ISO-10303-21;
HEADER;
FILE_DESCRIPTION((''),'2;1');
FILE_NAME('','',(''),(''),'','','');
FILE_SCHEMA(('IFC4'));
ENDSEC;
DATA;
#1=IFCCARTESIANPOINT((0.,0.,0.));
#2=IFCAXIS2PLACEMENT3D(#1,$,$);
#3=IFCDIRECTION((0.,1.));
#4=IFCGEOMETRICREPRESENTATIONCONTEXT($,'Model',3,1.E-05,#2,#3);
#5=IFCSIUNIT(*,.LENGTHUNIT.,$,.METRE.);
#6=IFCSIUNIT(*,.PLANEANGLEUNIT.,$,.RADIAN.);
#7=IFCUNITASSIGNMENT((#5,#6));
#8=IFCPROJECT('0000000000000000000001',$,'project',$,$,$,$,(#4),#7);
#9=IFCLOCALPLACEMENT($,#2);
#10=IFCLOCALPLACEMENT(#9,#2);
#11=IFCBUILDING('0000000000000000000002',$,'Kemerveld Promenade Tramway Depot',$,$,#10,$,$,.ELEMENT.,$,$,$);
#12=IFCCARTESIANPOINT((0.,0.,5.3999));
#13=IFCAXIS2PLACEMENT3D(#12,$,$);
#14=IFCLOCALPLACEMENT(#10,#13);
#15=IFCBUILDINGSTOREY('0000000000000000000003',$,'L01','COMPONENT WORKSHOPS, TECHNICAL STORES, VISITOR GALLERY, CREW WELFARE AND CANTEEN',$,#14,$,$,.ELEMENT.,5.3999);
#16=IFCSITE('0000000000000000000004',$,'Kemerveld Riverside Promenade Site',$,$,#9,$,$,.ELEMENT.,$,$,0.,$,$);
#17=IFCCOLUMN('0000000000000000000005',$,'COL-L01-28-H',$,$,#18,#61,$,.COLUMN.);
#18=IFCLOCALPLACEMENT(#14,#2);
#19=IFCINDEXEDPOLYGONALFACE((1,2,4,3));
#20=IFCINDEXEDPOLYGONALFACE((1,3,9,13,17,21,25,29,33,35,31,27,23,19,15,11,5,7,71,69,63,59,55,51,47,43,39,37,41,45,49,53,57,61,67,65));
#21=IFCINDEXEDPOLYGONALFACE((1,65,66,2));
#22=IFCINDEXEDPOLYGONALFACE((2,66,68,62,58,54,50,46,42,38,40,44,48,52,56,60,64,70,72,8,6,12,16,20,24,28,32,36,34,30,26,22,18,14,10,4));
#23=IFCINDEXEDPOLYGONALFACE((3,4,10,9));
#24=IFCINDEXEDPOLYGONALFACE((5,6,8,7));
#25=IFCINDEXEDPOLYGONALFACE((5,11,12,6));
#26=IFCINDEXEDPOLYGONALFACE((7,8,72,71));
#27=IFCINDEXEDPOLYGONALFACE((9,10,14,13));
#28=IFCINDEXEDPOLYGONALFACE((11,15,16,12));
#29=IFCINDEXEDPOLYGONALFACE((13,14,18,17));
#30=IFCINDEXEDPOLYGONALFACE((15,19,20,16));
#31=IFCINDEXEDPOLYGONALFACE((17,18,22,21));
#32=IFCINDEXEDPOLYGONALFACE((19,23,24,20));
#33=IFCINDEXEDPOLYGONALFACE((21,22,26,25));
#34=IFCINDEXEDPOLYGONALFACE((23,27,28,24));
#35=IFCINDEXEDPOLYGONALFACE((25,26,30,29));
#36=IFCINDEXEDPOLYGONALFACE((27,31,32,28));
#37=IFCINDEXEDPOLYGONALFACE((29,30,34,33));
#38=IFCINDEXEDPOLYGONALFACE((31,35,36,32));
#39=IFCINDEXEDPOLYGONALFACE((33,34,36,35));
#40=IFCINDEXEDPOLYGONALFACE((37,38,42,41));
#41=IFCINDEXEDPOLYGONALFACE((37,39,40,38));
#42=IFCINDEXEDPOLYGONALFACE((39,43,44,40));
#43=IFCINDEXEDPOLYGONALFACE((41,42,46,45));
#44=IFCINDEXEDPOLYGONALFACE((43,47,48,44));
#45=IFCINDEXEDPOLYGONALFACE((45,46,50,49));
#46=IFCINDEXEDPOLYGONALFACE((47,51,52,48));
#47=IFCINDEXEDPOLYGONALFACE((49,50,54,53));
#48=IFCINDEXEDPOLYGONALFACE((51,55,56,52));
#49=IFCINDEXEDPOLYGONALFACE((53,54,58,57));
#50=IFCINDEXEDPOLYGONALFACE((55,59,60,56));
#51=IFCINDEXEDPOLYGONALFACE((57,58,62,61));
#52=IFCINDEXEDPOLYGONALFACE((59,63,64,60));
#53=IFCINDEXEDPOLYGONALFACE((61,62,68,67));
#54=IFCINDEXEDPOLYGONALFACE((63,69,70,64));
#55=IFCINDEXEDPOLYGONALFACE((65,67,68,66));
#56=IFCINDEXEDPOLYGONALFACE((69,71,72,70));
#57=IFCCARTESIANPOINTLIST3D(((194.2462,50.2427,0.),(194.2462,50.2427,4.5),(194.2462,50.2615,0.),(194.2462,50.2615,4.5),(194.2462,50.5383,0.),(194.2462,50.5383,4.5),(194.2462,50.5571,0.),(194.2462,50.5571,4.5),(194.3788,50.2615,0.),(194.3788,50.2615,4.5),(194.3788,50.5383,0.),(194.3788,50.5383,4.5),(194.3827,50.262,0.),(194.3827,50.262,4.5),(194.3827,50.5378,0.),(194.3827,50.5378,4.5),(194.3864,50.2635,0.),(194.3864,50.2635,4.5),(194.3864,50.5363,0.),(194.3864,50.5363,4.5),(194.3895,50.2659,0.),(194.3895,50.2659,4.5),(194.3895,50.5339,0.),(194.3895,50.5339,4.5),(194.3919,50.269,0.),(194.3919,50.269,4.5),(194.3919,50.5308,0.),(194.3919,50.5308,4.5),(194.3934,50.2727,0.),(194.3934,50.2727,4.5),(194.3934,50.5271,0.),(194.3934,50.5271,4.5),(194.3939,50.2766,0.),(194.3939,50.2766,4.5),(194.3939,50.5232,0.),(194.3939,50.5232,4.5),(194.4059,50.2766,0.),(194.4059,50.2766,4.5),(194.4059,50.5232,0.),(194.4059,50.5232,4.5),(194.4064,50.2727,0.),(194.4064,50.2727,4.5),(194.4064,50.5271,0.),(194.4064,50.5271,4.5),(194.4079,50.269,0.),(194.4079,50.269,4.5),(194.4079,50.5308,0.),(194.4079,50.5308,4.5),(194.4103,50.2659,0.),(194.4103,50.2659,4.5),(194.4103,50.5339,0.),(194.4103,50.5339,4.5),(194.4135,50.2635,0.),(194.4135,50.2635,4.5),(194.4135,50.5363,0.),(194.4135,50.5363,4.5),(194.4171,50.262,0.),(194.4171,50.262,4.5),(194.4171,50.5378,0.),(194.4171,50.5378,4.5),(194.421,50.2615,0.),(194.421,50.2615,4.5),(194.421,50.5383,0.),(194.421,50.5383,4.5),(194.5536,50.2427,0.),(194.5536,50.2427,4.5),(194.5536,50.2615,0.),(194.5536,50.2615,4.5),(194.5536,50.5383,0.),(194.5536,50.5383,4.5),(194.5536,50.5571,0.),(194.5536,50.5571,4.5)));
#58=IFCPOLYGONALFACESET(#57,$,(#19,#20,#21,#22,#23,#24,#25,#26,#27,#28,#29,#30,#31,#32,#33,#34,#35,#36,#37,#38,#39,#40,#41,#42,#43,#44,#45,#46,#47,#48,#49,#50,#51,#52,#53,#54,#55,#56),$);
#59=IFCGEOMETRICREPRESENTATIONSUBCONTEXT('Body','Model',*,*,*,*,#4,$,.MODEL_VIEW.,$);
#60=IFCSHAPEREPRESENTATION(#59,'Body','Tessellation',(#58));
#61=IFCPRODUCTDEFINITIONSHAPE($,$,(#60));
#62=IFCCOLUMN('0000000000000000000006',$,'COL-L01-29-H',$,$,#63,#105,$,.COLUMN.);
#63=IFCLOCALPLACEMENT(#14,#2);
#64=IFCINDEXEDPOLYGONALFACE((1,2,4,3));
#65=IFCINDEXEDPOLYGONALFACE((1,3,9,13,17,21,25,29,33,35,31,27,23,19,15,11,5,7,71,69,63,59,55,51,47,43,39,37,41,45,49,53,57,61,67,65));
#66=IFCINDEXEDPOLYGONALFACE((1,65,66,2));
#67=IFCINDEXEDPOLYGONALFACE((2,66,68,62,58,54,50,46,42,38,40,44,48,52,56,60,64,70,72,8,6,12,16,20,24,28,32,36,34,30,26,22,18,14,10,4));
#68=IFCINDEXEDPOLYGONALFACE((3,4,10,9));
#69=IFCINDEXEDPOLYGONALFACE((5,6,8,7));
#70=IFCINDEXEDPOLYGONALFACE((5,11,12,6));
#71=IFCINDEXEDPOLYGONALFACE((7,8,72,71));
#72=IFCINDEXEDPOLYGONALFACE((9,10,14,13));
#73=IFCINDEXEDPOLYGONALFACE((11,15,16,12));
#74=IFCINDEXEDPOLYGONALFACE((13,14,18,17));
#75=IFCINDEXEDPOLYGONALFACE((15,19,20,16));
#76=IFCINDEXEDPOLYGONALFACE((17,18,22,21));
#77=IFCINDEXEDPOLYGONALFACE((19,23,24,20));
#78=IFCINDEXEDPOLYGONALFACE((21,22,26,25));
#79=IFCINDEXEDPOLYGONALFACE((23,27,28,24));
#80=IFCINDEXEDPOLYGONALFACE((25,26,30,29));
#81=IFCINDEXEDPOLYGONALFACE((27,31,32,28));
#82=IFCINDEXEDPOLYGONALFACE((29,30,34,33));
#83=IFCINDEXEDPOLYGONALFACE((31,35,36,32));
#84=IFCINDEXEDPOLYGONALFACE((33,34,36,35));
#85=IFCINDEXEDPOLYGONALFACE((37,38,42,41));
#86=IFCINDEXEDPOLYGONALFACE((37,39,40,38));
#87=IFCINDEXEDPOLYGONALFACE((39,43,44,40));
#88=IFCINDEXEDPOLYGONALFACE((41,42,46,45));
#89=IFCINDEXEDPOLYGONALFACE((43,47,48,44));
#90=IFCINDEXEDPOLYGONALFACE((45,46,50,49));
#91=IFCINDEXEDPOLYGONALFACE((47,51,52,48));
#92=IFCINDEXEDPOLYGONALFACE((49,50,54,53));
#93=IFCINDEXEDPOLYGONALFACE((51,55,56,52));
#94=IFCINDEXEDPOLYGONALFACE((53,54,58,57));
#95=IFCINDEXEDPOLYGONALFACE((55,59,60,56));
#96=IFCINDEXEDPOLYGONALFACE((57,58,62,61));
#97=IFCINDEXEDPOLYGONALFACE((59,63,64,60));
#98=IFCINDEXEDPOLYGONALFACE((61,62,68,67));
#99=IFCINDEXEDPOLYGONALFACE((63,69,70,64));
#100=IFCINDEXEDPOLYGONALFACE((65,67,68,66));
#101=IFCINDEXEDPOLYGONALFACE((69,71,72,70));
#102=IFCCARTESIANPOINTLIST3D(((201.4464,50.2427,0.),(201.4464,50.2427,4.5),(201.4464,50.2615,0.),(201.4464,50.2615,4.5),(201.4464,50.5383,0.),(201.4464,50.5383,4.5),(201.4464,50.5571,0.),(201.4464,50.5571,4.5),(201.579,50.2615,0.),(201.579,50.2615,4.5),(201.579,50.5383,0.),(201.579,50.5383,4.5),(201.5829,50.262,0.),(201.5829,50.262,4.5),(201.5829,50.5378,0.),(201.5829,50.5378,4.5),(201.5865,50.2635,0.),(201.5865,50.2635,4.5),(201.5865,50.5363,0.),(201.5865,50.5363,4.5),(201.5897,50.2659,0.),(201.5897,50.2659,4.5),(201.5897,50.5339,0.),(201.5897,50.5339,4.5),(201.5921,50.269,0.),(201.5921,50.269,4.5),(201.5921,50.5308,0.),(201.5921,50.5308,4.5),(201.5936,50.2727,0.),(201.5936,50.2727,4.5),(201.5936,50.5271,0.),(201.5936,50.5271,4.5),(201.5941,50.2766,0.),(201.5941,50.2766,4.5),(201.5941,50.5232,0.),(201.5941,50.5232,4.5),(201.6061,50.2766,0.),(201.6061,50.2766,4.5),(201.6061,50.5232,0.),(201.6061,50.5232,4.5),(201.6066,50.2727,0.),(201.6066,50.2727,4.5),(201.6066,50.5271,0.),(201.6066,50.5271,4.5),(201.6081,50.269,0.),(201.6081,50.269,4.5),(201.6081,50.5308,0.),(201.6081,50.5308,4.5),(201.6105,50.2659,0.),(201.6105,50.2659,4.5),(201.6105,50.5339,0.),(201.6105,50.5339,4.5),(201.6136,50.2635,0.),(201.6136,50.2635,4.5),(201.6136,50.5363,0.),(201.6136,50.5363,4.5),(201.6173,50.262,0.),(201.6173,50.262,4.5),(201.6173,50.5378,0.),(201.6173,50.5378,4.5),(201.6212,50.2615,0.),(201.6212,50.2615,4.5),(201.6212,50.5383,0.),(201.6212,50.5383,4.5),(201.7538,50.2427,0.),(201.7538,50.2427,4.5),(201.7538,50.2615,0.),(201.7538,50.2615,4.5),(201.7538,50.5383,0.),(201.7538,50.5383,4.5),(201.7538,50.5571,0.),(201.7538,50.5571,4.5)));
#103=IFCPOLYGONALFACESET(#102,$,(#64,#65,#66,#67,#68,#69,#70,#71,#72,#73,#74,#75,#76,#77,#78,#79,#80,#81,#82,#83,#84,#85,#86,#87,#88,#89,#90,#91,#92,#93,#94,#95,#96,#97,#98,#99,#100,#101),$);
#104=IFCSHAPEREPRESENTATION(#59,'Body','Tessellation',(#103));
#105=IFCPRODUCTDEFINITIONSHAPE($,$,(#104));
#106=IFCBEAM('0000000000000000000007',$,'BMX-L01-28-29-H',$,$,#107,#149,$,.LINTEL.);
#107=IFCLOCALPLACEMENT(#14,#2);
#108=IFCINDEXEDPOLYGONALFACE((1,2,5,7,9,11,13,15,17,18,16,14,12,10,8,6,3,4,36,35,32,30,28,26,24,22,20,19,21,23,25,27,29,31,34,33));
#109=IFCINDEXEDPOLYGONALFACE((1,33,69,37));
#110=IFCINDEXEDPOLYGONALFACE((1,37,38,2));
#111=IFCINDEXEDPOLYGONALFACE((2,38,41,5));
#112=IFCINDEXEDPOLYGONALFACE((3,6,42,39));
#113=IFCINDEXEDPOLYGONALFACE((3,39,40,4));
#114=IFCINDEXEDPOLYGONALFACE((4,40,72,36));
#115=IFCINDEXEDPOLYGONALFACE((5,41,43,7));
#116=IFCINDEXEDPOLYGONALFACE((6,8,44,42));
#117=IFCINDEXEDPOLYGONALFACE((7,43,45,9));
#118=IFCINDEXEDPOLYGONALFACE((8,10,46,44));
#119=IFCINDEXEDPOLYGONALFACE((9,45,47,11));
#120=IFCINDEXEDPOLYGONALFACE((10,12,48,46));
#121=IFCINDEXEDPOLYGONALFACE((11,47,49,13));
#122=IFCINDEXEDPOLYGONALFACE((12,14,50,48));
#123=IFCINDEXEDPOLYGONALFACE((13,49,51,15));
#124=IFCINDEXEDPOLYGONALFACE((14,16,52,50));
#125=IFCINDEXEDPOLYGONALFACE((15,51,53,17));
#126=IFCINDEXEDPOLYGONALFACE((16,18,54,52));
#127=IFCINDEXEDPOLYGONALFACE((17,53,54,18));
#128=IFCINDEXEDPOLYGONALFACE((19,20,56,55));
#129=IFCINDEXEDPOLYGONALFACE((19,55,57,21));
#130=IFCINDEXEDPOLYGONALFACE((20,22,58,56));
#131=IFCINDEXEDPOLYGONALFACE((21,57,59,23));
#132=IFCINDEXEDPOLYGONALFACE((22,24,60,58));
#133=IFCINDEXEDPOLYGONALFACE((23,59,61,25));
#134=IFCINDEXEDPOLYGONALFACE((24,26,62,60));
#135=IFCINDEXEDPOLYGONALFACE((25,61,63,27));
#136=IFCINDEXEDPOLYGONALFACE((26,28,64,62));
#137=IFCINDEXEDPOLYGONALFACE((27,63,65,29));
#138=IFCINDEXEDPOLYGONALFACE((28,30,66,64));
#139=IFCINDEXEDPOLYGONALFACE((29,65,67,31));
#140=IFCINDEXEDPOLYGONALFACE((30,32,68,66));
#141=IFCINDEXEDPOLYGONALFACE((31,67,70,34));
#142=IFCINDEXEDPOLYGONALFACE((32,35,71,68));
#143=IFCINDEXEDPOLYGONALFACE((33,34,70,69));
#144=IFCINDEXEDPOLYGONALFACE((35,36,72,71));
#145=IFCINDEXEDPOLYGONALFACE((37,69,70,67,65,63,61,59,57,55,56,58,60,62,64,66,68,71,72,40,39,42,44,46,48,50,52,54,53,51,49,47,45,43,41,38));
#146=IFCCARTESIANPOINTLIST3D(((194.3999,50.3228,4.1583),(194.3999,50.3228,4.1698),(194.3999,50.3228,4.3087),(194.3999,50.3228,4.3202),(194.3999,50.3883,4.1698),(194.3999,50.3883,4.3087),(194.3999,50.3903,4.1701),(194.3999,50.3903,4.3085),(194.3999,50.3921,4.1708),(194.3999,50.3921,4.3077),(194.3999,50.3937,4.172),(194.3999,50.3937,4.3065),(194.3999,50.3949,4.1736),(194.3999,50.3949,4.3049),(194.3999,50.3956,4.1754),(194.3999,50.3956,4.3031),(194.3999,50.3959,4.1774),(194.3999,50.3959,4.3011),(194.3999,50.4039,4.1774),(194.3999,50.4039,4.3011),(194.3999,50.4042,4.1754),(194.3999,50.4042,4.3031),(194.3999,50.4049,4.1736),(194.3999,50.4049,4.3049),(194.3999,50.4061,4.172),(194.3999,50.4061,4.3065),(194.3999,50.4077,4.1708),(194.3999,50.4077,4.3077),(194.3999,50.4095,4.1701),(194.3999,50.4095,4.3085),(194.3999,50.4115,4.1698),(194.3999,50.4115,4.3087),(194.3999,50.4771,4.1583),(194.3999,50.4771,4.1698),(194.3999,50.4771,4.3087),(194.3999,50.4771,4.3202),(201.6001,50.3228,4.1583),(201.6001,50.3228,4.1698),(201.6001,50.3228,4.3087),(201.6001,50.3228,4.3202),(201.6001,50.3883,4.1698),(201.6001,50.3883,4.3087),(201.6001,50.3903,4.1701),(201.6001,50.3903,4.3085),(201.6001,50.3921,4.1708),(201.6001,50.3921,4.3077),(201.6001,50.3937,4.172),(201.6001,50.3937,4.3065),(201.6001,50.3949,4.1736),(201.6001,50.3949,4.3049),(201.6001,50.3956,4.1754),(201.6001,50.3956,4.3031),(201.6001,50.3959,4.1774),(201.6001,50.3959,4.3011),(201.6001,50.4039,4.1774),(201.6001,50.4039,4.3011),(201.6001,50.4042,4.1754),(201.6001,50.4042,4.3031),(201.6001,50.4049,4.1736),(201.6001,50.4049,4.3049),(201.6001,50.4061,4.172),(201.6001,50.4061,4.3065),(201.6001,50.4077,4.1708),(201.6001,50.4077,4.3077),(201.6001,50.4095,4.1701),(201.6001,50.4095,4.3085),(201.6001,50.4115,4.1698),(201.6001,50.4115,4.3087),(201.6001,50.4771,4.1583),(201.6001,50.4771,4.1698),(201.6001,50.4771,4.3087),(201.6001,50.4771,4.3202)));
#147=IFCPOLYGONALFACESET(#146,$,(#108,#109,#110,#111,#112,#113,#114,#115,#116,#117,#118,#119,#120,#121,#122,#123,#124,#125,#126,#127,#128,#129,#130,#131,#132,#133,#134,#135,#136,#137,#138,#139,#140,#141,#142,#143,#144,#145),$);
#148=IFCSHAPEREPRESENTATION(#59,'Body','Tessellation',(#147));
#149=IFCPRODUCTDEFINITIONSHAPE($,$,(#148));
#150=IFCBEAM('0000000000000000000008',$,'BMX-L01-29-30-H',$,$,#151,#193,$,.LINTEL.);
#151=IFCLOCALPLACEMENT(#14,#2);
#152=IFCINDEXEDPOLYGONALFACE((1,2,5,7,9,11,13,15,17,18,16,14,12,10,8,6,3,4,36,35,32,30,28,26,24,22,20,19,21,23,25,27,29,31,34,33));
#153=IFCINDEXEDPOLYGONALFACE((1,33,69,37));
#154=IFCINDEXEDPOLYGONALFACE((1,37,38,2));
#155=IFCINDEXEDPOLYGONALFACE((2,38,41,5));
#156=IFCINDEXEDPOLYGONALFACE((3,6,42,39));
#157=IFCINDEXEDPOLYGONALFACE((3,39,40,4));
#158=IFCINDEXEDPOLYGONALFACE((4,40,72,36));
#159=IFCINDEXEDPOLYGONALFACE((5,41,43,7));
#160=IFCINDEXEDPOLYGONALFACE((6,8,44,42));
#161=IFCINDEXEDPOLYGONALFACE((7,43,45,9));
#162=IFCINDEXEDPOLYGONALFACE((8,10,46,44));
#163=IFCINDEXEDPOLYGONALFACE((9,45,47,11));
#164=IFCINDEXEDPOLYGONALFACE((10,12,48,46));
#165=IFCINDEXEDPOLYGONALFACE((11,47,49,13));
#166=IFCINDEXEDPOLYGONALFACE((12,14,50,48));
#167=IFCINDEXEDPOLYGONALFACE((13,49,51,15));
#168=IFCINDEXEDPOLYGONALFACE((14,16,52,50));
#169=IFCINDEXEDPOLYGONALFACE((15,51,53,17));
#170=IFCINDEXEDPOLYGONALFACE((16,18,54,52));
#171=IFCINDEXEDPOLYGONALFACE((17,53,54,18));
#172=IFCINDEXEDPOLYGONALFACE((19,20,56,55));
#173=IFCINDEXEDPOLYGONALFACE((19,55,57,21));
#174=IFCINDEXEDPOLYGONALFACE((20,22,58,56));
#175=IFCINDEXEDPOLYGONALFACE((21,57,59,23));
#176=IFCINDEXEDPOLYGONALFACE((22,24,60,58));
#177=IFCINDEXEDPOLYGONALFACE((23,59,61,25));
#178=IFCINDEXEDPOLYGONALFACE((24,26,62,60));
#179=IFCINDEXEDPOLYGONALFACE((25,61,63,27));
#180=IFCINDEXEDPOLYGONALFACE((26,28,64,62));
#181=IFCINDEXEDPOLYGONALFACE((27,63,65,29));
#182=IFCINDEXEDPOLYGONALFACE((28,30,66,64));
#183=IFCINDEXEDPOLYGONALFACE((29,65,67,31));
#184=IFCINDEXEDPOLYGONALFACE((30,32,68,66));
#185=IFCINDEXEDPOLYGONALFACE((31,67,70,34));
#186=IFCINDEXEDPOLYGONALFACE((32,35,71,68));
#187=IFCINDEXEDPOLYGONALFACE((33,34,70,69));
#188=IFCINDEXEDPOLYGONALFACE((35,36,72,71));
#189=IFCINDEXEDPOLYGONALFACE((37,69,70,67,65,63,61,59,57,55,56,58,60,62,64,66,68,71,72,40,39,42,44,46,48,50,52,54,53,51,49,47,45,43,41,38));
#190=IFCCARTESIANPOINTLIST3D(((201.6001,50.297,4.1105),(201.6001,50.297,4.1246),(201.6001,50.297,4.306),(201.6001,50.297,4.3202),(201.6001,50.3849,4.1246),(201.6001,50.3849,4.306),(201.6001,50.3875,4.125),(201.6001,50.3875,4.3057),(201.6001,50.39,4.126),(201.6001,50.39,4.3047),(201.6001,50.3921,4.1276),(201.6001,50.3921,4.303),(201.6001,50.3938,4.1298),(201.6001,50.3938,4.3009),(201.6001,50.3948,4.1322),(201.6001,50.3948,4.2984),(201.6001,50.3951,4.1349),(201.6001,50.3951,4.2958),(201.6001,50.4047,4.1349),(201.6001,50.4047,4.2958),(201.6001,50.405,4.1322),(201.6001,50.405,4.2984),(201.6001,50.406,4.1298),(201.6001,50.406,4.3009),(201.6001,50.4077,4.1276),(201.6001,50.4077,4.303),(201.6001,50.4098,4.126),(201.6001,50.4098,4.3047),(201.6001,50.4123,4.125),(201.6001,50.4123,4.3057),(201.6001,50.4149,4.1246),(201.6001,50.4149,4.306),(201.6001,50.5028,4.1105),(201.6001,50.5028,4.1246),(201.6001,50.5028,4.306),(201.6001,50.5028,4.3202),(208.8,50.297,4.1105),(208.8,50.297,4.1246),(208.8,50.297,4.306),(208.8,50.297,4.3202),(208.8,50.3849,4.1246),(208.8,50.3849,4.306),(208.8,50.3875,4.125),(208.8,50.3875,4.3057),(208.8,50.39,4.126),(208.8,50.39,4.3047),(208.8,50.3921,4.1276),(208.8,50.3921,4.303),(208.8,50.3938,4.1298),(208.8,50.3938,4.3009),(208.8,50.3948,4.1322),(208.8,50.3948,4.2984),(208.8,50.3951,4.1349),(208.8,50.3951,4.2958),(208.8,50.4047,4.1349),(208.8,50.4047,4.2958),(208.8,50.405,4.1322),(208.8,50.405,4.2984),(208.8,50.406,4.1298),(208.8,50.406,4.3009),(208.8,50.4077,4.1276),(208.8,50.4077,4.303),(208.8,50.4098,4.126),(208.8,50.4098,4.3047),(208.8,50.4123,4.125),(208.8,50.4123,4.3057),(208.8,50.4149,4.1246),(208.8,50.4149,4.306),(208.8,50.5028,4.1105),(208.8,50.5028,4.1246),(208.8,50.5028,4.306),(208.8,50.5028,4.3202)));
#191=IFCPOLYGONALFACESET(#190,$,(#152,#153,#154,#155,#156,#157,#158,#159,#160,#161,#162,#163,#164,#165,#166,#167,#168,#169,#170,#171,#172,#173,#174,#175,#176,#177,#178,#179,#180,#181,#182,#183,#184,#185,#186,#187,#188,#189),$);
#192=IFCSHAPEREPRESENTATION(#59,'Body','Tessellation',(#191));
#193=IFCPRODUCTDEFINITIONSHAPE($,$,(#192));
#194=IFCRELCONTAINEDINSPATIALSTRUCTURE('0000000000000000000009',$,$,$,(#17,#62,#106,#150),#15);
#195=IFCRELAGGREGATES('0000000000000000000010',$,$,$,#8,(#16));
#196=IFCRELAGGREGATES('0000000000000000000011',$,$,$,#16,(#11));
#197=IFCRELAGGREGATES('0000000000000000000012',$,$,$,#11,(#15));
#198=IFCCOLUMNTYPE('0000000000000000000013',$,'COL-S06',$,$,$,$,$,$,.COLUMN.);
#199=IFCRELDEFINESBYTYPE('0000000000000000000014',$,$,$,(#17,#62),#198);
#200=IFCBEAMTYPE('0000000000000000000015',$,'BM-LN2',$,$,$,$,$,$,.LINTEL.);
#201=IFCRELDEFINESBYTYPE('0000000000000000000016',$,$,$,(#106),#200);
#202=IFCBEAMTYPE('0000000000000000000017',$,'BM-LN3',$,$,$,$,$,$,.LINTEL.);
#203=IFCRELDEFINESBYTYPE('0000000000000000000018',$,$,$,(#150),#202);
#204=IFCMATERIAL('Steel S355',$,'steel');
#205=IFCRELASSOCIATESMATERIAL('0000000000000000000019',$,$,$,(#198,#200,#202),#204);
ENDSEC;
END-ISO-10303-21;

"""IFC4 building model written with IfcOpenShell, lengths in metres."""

from ifc_helpers import new_model, si_unit, direction, frame, origin, origin_2d, place, context, subcontext, project, spatial, i_section, extrude, material, material_profile, profile_set, type_object, element, save


model = new_model("IFC4")

# Units and contexts
model_context = context("Model", 3, precision=1e-05, world=origin(), true_north=direction((0.0, 1.0)))
body_context = subcontext(model_context, "Body", "Model", "MODEL_VIEW")
ifc_project = project(units=[si_unit("LENGTHUNIT", "METRE"), si_unit("PLANEANGLEUNIT", "RADIAN")], contexts=[model_context])

# Site, building, storey
site_placement = place(None, origin())
site = spatial("IfcSite", under=ifc_project, at=site_placement, Name="Kemerveld Riverside Promenade Site", CompositionType="ELEMENT", RefElevation=0.0)
building_placement = place(site_placement, origin())
building = spatial("IfcBuilding", under=site, at=building_placement, Name="Kemerveld Promenade Tramway Depot", CompositionType="ELEMENT")
storey_placement = place(building_placement, frame((0.0, 0.0, 5.3999)))
storey = spatial("IfcBuildingStorey", under=building, at=storey_placement, Name="L01", Description="COMPONENT WORKSHOPS, TECHNICAL STORES, VISITOR GALLERY, CREW WELFARE AND CANTEEN", CompositionType="ELEMENT", Elevation=5.3999)

# Columns
ifc_material_1 = material(Name="Steel S355", Category="steel")
ifc_material_profile_1 = material_profile(ifc_material_1, i_section(OverallWidth=0.3074, OverallDepth=0.3145, WebThickness=0.012, FlangeThickness=0.0188, FilletRadius=0.0151, at=origin_2d()), Name="305x305x118 UC")
ifc_profile_set_1 = profile_set([ifc_material_profile_1], Name="Steel S355")
column_type = type_object("IfcColumnType", Name="COL-S06", PredefinedType="COLUMN", material=ifc_profile_set_1)
for number, where, z_axis, x_axis, name in (
    (1, (194.3999, 50.3999, 0.0), (0.0, 0.0, 1.0), (1.0, 0.0, 0.0), "COL-L01-28-H"),
    (2, (201.6001, 50.3999, 0.0), (0.0, 0.0, 1.0), (1.0, 0.0, 0.0), "COL-L01-29-H"),
):
    element("IfcColumn", number, at=place(storey_placement, frame(where, z_axis=z_axis, x_axis=x_axis)), inside=storey, type_object=column_type, Name=name, PredefinedType="COLUMN", context=body_context, shape_type="SweptSolid", body=[
        extrude(i_section(OverallWidth=0.3074, OverallDepth=0.3145, WebThickness=0.012, FlangeThickness=0.0188, FilletRadius=0.0151, at=origin_2d()), origin(), (0.0, 0.0, 1.0), 4.5),
    ])

# Beams
ifc_material_profile_2 = material_profile(ifc_material_1, i_section(OverallWidth=0.1543, OverallDepth=0.1619, WebThickness=0.0081, FlangeThickness=0.0115, FilletRadius=0.0076, at=origin_2d()), Name="152x152x37 UC")
ifc_profile_set_2 = profile_set([ifc_material_profile_2], Name="Steel S355")
beam_type_1 = type_object("IfcBeamType", Name="BM-LN2", PredefinedType="LINTEL", material=ifc_profile_set_2)
beam_1_placement = place(storey_placement, frame((194.3999, 50.3999, 4.2393), z_axis=(1.0, 0.0, 0.0), x_axis=(0.0, 1.0, 0.0)))
element("IfcBeam", 3, at=beam_1_placement, inside=storey, type_object=beam_type_1, Name="BMX-L01-28-29-H", PredefinedType="LINTEL", context=body_context, shape_type="SweptSolid", body=[
    extrude(i_section(OverallWidth=0.1543, OverallDepth=0.1619, WebThickness=0.0081, FlangeThickness=0.0115, FilletRadius=0.0076, at=origin_2d()), origin(), (0.0, 0.0, 1.0), 7.2002),
])
ifc_material_profile_3 = material_profile(ifc_material_1, i_section(OverallWidth=0.2058, OverallDepth=0.2097, WebThickness=0.0095, FlangeThickness=0.0142, FilletRadius=0.0103, at=origin_2d()), Name="203x203x60 UC")
ifc_profile_set_3 = profile_set([ifc_material_profile_3], Name="Steel S355")
beam_type_2 = type_object("IfcBeamType", Name="BM-LN3", PredefinedType="LINTEL", material=ifc_profile_set_3)
beam_2_placement = place(storey_placement, frame((201.6001, 50.3999, 4.2153), z_axis=(1.0, 0.0, 0.0), x_axis=(0.0, 1.0, 0.0)))
element("IfcBeam", 4, at=beam_2_placement, inside=storey, type_object=beam_type_2, Name="BMX-L01-29-30-H", PredefinedType="LINTEL", context=body_context, shape_type="SweptSolid", body=[
    extrude(i_section(OverallWidth=0.2058, OverallDepth=0.2097, WebThickness=0.0095, FlangeThickness=0.0142, FilletRadius=0.0103, at=origin_2d()), origin(), (0.0, 0.0, 1.0), 7.2),
])

save(model, "model.ifc")
